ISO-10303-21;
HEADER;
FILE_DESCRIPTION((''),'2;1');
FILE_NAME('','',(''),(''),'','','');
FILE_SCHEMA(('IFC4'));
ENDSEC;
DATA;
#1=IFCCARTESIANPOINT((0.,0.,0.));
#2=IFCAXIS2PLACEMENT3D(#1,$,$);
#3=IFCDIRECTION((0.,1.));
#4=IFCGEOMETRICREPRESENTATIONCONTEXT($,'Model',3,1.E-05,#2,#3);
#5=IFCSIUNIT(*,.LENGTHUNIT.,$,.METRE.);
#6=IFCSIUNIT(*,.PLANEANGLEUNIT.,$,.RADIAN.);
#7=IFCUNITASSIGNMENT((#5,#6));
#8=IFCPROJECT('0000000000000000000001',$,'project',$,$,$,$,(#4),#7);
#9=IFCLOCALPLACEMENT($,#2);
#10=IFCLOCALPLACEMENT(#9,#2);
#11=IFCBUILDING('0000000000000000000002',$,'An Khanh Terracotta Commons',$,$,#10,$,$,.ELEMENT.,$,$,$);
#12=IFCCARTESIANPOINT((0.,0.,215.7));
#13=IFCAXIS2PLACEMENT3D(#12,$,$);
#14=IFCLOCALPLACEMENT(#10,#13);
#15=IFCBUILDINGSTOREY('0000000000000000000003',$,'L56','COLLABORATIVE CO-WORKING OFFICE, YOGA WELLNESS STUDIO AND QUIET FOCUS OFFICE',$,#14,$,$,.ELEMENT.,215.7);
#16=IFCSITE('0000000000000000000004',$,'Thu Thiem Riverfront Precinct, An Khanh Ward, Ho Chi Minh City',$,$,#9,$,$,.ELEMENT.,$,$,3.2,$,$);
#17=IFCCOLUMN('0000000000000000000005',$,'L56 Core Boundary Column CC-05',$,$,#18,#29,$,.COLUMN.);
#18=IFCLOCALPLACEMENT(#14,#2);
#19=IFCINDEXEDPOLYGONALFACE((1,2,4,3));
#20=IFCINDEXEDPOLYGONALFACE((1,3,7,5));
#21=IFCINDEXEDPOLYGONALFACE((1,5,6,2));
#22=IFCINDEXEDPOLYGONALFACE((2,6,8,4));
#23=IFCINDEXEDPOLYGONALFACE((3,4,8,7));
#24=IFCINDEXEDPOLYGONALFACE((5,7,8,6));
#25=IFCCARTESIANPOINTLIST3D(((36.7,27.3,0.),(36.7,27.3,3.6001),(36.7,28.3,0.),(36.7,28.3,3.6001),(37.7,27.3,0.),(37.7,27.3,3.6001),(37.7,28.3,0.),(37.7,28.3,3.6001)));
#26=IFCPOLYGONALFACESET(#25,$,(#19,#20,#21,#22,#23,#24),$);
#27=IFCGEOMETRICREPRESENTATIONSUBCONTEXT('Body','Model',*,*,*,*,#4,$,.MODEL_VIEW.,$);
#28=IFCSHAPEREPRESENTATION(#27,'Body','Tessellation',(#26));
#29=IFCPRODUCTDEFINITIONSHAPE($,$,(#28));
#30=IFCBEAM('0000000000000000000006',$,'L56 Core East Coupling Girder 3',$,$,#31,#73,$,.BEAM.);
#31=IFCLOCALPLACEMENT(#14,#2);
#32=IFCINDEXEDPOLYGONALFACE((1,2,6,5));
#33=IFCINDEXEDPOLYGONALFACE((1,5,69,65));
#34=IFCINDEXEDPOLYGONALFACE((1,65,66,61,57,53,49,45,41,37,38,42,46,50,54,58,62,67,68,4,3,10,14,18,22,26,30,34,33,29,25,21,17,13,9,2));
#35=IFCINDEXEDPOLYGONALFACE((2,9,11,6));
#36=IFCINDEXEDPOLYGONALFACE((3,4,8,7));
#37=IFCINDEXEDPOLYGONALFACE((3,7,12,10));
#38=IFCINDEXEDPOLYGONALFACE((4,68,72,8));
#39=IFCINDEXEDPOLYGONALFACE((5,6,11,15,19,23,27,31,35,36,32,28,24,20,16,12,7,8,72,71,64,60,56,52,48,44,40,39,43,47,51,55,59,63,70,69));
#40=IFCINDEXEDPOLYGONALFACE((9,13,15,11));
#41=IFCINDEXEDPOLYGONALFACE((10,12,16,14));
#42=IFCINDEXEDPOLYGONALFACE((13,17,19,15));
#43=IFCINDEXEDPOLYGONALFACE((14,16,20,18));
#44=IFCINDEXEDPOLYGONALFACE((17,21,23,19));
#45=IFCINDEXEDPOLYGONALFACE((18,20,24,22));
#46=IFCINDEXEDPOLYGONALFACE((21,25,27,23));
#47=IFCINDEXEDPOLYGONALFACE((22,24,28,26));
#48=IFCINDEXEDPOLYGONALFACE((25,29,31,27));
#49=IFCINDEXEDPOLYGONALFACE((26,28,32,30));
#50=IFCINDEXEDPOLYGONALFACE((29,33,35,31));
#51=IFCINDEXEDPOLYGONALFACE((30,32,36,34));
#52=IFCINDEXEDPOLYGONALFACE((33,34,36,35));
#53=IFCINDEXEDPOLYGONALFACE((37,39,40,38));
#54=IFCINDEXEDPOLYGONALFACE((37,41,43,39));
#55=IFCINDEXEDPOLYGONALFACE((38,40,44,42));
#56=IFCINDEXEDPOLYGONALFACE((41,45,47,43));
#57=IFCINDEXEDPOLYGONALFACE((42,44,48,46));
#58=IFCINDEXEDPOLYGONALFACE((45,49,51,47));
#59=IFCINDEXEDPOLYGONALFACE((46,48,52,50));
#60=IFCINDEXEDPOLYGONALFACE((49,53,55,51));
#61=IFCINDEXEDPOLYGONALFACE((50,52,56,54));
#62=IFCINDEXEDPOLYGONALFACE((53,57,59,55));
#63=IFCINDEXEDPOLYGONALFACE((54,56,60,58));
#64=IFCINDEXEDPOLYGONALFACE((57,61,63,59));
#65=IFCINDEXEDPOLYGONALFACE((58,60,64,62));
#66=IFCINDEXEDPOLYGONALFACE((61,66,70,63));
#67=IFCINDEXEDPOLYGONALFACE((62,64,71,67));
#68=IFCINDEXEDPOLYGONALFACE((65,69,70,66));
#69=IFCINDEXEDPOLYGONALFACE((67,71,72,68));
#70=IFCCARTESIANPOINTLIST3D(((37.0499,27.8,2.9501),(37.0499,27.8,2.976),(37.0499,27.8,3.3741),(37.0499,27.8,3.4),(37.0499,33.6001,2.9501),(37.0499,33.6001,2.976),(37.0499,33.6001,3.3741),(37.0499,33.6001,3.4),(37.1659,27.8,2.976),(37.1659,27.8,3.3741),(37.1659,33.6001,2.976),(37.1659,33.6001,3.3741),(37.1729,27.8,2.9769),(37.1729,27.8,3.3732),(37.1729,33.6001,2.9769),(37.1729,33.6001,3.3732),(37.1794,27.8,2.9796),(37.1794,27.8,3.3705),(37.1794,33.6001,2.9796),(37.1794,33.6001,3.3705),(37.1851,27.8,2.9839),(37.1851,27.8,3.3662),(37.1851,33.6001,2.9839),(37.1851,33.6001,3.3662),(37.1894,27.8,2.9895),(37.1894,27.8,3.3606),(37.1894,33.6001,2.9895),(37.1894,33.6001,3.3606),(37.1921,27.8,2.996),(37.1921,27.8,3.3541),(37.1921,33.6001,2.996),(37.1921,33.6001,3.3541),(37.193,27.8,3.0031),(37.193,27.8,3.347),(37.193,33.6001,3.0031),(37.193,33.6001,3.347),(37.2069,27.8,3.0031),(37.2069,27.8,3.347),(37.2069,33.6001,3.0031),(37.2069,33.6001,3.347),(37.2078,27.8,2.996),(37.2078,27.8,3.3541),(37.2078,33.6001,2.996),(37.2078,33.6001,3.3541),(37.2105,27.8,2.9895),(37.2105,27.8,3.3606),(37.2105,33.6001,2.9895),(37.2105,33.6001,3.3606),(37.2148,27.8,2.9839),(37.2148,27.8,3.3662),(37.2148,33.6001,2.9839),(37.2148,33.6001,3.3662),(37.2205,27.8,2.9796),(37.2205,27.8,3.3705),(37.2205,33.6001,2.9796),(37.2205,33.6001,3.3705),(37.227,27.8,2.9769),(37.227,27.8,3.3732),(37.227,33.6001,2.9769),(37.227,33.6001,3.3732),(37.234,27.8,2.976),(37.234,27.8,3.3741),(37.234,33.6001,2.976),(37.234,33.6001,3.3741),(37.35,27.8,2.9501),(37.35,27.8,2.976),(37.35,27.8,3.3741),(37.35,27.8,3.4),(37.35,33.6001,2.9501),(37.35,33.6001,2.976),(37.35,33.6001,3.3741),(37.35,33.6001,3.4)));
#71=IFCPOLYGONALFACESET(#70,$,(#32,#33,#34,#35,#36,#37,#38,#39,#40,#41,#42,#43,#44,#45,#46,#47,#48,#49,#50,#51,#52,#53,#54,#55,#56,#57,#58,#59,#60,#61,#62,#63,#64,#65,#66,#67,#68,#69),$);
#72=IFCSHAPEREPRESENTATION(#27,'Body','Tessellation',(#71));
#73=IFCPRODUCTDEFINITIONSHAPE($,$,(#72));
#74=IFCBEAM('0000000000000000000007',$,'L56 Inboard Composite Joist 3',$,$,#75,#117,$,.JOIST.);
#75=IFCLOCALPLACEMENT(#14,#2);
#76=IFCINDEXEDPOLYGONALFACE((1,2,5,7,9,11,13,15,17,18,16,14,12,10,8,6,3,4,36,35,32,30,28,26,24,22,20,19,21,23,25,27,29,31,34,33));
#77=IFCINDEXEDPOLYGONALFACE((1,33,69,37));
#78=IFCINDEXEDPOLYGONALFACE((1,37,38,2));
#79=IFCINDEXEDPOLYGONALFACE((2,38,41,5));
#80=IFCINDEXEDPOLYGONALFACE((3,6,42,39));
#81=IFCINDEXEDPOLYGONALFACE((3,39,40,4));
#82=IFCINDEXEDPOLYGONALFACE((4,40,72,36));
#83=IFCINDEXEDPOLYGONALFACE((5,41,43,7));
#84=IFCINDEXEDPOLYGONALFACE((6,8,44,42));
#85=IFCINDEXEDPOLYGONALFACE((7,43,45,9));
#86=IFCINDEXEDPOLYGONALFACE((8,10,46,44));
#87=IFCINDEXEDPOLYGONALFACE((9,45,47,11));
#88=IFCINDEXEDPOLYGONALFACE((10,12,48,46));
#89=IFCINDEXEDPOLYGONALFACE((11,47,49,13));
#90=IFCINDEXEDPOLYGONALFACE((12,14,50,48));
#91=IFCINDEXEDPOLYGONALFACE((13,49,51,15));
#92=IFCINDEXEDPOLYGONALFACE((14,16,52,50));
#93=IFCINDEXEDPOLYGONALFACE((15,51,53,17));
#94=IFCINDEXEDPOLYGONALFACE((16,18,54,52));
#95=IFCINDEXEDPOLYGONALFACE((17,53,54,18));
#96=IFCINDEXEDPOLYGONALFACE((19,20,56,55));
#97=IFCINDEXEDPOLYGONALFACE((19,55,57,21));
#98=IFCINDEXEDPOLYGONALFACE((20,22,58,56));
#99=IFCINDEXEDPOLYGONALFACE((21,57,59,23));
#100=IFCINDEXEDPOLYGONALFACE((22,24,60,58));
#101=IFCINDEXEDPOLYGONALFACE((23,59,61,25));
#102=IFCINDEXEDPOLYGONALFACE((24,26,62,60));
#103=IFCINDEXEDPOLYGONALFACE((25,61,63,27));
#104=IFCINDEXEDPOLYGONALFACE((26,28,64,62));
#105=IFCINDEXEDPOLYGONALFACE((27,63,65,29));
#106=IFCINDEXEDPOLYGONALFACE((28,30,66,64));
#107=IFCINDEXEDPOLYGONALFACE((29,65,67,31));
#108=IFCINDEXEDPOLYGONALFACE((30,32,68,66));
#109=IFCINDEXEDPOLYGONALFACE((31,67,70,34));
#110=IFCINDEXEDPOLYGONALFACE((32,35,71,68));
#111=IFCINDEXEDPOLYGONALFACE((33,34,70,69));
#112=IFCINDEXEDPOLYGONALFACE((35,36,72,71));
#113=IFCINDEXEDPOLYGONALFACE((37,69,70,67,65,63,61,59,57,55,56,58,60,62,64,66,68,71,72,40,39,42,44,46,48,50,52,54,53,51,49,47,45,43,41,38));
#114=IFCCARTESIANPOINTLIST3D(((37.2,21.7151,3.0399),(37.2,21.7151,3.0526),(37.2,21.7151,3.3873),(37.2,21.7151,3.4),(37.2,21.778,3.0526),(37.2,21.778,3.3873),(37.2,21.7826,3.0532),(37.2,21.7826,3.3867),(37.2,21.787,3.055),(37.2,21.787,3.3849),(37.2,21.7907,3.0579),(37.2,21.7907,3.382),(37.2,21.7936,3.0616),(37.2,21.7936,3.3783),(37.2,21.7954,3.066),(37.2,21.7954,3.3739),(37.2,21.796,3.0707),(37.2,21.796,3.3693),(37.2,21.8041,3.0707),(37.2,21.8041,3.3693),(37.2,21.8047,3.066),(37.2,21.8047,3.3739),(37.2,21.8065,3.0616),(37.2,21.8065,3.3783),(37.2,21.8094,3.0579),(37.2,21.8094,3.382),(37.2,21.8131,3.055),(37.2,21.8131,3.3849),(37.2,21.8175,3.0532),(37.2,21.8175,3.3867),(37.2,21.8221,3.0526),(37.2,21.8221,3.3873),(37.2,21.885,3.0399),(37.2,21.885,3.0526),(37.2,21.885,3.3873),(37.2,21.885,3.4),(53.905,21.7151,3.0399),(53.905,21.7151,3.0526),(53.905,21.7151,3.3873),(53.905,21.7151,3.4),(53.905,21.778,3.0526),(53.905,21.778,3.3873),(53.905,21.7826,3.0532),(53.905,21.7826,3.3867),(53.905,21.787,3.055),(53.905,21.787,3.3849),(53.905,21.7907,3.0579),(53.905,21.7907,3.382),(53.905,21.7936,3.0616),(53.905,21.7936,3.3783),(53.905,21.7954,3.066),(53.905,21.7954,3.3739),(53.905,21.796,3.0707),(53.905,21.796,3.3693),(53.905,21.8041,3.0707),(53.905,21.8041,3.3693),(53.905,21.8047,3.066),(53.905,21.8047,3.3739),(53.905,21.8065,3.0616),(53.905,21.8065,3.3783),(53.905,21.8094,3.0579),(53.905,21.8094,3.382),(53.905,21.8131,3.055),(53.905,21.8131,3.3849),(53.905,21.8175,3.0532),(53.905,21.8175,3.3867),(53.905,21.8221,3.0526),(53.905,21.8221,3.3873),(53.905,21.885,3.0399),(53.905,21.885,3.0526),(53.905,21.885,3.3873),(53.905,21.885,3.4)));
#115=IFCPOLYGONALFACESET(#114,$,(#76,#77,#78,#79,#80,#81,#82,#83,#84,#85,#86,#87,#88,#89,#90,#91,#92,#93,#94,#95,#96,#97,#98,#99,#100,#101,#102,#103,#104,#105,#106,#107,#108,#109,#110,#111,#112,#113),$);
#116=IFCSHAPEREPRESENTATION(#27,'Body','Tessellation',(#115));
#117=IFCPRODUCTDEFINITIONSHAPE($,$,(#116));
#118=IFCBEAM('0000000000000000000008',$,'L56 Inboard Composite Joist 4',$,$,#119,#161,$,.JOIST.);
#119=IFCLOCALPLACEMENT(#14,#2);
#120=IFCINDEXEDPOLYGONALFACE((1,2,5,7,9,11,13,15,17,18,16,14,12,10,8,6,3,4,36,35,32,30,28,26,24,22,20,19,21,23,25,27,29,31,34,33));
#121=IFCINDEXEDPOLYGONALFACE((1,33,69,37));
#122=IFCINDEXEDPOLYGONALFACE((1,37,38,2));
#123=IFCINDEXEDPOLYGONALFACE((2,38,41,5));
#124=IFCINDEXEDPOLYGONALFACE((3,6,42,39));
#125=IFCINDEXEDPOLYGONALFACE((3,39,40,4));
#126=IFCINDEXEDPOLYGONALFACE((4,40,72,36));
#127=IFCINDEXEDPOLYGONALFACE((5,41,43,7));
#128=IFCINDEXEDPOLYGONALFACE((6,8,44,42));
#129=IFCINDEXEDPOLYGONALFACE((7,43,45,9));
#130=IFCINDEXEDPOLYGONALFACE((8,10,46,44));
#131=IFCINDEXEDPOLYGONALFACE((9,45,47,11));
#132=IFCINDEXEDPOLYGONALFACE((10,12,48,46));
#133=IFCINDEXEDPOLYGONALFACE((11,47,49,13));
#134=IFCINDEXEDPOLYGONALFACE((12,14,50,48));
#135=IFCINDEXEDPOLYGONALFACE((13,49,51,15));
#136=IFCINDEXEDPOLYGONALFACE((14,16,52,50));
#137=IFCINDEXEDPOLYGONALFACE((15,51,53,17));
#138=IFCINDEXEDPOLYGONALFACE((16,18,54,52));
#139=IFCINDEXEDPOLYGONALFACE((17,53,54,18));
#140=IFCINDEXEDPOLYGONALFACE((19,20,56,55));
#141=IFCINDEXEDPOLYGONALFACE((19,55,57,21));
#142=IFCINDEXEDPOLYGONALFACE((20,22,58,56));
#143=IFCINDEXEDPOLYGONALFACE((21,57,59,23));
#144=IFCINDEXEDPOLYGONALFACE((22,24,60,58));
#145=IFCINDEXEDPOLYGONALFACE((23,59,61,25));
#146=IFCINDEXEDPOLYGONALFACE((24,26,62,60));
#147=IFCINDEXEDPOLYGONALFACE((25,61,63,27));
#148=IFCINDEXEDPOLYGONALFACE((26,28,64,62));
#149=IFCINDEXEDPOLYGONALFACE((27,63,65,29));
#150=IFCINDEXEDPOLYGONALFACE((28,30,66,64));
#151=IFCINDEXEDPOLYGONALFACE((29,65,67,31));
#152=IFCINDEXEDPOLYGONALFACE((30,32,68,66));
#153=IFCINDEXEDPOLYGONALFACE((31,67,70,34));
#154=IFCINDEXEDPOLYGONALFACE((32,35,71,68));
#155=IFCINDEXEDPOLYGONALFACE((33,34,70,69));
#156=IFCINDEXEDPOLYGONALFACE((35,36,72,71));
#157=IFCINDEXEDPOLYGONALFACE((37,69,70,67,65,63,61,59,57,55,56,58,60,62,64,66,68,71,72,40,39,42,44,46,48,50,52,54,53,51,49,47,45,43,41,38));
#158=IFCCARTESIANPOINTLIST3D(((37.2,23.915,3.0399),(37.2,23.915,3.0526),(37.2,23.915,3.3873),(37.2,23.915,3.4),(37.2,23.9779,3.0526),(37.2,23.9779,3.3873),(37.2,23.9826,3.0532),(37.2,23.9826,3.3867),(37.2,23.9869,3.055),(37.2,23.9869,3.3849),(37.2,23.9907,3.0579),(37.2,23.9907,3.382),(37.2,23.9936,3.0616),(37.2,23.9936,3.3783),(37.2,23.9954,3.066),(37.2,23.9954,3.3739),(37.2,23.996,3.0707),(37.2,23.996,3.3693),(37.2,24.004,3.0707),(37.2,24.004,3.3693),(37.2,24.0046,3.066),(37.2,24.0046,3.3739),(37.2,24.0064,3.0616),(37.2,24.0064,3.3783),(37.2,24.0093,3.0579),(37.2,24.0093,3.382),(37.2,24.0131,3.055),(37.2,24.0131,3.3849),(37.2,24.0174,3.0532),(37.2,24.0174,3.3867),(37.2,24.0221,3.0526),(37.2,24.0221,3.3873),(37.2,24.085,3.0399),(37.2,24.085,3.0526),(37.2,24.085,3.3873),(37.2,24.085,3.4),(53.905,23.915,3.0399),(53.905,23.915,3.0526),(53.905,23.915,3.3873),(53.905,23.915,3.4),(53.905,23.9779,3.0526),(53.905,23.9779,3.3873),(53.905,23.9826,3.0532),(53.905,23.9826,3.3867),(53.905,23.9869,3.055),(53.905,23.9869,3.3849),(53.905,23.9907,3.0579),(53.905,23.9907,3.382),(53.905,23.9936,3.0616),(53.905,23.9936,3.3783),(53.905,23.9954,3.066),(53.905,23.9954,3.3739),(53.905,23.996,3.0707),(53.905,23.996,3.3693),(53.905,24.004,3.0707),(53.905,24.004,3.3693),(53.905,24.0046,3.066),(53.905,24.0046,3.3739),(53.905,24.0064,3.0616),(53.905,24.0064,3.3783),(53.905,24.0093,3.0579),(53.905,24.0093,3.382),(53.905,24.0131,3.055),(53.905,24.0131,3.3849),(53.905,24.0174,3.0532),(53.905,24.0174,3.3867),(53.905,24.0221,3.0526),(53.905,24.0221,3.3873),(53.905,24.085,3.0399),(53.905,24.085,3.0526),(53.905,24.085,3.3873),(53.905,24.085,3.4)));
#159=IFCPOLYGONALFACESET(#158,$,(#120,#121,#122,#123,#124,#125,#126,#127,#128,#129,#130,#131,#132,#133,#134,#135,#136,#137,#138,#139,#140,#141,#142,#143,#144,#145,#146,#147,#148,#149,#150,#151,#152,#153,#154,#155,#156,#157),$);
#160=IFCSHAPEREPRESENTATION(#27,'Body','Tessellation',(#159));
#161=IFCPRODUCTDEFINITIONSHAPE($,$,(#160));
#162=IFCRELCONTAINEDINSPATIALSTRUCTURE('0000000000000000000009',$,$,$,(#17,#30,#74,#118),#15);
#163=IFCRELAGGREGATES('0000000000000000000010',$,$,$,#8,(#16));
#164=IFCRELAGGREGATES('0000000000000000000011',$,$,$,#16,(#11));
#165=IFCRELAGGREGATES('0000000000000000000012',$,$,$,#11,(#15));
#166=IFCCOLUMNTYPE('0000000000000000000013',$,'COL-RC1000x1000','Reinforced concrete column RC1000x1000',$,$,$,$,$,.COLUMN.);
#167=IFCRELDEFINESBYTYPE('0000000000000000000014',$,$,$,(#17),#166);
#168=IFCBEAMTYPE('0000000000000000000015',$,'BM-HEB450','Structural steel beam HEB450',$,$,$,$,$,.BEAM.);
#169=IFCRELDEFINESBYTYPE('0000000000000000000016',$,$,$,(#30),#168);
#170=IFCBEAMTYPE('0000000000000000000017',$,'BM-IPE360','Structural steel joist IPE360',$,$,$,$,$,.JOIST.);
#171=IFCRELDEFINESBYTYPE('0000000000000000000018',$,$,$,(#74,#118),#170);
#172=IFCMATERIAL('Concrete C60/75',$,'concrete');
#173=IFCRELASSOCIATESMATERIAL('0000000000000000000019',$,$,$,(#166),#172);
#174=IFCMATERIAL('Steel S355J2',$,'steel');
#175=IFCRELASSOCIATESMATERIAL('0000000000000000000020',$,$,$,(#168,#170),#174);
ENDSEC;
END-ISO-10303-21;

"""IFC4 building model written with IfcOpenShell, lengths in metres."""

from ifc_helpers import new_model, si_unit, direction, frame, origin, origin_2d, place, context, subcontext, project, spatial, rectangle, i_section, extrude, material, material_profile, profile_set, type_object, element, save


model = new_model("IFC4")

# Units and contexts
model_context = context("Model", 3, precision=1e-05, world=origin(), true_north=direction((0.0, 1.0)))
body_context = subcontext(model_context, "Body", "Model", "MODEL_VIEW")
ifc_project = project(units=[si_unit("LENGTHUNIT", "METRE"), si_unit("PLANEANGLEUNIT", "RADIAN")], contexts=[model_context])

# Site, building, storey
site_placement = place(None, origin())
site = spatial("IfcSite", under=ifc_project, at=site_placement, Name="Thu Thiem Riverfront Precinct, An Khanh Ward, Ho Chi Minh City", CompositionType="ELEMENT", RefElevation=3.2)
building_placement = place(site_placement, origin())
building = spatial("IfcBuilding", under=site, at=building_placement, Name="An Khanh Terracotta Commons", CompositionType="ELEMENT")
storey_placement = place(building_placement, frame((0.0, 0.0, 215.7)))
storey = spatial("IfcBuildingStorey", under=building, at=storey_placement, Name="L56", Description="COLLABORATIVE CO-WORKING OFFICE, YOGA WELLNESS STUDIO AND QUIET FOCUS OFFICE", CompositionType="ELEMENT", Elevation=215.7)

# Column
ifc_material_1 = material(Name="Concrete C60/75", Category="concrete")
ifc_material_profile_1 = material_profile(ifc_material_1, rectangle(XDim=1.0, YDim=1.0, at=origin_2d()), Name="RC1000x1000")
ifc_profile_set_1 = profile_set([ifc_material_profile_1], Name="Concrete C60/75")
column_type = type_object("IfcColumnType", Name="COL-RC1000x1000", Description="Reinforced concrete column RC1000x1000", PredefinedType="COLUMN", material=ifc_profile_set_1)
column_placement = place(storey_placement, frame((37.2, 27.8, 0.0), z_axis=(0.0, 0.0, 1.0), x_axis=(1.0, 0.0, 0.0)))
element("IfcColumn", 1, at=column_placement, inside=storey, type_object=column_type, Name="L56 Core Boundary Column CC-05", PredefinedType="COLUMN", context=body_context, shape_type="SweptSolid", body=[
    extrude(rectangle(XDim=1.0, YDim=1.0, at=origin_2d()), origin(), (0.0, 0.0, 1.0), 3.6001),
])

# Beams
ifc_material_2 = material(Name="Steel S355J2", Category="steel")
ifc_material_profile_2 = material_profile(ifc_material_2, i_section(OverallWidth=0.3, OverallDepth=0.45, WebThickness=0.0139, FlangeThickness=0.0259, FilletRadius=0.0271, at=origin_2d()), Name="HEB450")
ifc_profile_set_2 = profile_set([ifc_material_profile_2], Name="Steel S355J2")
beam_type_1 = type_object("IfcBeamType", Name="BM-HEB450", Description="Structural steel beam HEB450", PredefinedType="BEAM", material=ifc_profile_set_2)
beam_placement = place(storey_placement, frame((37.2, 27.8, 3.175), z_axis=(0.0, 1.0, 0.0), x_axis=(-1.0, 0.0, 0.0)))
element("IfcBeam", 2, at=beam_placement, inside=storey, type_object=beam_type_1, Name="L56 Core East Coupling Girder 3", PredefinedType="BEAM", context=body_context, shape_type="SweptSolid", body=[
    extrude(i_section(OverallWidth=0.3, OverallDepth=0.45, WebThickness=0.0139, FlangeThickness=0.0259, FilletRadius=0.0271, at=origin_2d()), origin(), (0.0, 0.0, 1.0), 5.8),
])
ifc_material_profile_3 = material_profile(ifc_material_2, i_section(OverallWidth=0.1699, OverallDepth=0.3601, WebThickness=0.0081, FlangeThickness=0.0127, FilletRadius=0.0181, at=origin_2d()), Name="IPE360")
ifc_profile_set_3 = profile_set([ifc_material_profile_3], Name="Steel S355J2")
beam_type_2 = type_object("IfcBeamType", Name="BM-IPE360", Description="Structural steel joist IPE360", PredefinedType="JOIST", material=ifc_profile_set_3)
for number, where, z_axis, x_axis, name in (
    (3, (37.2, 21.8, 3.22), (1.0, 0.0, 0.0), (0.0, 1.0, 0.0), "L56 Inboard Composite Joist 3"),
    (4, (37.2, 24.0, 3.22), (1.0, 0.0, 0.0), (0.0, 1.0, 0.0), "L56 Inboard Composite Joist 4"),
):
    element("IfcBeam", number, at=place(storey_placement, frame(where, z_axis=z_axis, x_axis=x_axis)), inside=storey, type_object=beam_type_2, Name=name, PredefinedType="JOIST", context=body_context, shape_type="SweptSolid", body=[
        extrude(i_section(OverallWidth=0.1699, OverallDepth=0.3601, WebThickness=0.0081, FlangeThickness=0.0127, FilletRadius=0.0181, at=origin_2d()), origin(), (0.0, 0.0, 1.0), 16.7051),
    ])

save(model, "model.ifc")
